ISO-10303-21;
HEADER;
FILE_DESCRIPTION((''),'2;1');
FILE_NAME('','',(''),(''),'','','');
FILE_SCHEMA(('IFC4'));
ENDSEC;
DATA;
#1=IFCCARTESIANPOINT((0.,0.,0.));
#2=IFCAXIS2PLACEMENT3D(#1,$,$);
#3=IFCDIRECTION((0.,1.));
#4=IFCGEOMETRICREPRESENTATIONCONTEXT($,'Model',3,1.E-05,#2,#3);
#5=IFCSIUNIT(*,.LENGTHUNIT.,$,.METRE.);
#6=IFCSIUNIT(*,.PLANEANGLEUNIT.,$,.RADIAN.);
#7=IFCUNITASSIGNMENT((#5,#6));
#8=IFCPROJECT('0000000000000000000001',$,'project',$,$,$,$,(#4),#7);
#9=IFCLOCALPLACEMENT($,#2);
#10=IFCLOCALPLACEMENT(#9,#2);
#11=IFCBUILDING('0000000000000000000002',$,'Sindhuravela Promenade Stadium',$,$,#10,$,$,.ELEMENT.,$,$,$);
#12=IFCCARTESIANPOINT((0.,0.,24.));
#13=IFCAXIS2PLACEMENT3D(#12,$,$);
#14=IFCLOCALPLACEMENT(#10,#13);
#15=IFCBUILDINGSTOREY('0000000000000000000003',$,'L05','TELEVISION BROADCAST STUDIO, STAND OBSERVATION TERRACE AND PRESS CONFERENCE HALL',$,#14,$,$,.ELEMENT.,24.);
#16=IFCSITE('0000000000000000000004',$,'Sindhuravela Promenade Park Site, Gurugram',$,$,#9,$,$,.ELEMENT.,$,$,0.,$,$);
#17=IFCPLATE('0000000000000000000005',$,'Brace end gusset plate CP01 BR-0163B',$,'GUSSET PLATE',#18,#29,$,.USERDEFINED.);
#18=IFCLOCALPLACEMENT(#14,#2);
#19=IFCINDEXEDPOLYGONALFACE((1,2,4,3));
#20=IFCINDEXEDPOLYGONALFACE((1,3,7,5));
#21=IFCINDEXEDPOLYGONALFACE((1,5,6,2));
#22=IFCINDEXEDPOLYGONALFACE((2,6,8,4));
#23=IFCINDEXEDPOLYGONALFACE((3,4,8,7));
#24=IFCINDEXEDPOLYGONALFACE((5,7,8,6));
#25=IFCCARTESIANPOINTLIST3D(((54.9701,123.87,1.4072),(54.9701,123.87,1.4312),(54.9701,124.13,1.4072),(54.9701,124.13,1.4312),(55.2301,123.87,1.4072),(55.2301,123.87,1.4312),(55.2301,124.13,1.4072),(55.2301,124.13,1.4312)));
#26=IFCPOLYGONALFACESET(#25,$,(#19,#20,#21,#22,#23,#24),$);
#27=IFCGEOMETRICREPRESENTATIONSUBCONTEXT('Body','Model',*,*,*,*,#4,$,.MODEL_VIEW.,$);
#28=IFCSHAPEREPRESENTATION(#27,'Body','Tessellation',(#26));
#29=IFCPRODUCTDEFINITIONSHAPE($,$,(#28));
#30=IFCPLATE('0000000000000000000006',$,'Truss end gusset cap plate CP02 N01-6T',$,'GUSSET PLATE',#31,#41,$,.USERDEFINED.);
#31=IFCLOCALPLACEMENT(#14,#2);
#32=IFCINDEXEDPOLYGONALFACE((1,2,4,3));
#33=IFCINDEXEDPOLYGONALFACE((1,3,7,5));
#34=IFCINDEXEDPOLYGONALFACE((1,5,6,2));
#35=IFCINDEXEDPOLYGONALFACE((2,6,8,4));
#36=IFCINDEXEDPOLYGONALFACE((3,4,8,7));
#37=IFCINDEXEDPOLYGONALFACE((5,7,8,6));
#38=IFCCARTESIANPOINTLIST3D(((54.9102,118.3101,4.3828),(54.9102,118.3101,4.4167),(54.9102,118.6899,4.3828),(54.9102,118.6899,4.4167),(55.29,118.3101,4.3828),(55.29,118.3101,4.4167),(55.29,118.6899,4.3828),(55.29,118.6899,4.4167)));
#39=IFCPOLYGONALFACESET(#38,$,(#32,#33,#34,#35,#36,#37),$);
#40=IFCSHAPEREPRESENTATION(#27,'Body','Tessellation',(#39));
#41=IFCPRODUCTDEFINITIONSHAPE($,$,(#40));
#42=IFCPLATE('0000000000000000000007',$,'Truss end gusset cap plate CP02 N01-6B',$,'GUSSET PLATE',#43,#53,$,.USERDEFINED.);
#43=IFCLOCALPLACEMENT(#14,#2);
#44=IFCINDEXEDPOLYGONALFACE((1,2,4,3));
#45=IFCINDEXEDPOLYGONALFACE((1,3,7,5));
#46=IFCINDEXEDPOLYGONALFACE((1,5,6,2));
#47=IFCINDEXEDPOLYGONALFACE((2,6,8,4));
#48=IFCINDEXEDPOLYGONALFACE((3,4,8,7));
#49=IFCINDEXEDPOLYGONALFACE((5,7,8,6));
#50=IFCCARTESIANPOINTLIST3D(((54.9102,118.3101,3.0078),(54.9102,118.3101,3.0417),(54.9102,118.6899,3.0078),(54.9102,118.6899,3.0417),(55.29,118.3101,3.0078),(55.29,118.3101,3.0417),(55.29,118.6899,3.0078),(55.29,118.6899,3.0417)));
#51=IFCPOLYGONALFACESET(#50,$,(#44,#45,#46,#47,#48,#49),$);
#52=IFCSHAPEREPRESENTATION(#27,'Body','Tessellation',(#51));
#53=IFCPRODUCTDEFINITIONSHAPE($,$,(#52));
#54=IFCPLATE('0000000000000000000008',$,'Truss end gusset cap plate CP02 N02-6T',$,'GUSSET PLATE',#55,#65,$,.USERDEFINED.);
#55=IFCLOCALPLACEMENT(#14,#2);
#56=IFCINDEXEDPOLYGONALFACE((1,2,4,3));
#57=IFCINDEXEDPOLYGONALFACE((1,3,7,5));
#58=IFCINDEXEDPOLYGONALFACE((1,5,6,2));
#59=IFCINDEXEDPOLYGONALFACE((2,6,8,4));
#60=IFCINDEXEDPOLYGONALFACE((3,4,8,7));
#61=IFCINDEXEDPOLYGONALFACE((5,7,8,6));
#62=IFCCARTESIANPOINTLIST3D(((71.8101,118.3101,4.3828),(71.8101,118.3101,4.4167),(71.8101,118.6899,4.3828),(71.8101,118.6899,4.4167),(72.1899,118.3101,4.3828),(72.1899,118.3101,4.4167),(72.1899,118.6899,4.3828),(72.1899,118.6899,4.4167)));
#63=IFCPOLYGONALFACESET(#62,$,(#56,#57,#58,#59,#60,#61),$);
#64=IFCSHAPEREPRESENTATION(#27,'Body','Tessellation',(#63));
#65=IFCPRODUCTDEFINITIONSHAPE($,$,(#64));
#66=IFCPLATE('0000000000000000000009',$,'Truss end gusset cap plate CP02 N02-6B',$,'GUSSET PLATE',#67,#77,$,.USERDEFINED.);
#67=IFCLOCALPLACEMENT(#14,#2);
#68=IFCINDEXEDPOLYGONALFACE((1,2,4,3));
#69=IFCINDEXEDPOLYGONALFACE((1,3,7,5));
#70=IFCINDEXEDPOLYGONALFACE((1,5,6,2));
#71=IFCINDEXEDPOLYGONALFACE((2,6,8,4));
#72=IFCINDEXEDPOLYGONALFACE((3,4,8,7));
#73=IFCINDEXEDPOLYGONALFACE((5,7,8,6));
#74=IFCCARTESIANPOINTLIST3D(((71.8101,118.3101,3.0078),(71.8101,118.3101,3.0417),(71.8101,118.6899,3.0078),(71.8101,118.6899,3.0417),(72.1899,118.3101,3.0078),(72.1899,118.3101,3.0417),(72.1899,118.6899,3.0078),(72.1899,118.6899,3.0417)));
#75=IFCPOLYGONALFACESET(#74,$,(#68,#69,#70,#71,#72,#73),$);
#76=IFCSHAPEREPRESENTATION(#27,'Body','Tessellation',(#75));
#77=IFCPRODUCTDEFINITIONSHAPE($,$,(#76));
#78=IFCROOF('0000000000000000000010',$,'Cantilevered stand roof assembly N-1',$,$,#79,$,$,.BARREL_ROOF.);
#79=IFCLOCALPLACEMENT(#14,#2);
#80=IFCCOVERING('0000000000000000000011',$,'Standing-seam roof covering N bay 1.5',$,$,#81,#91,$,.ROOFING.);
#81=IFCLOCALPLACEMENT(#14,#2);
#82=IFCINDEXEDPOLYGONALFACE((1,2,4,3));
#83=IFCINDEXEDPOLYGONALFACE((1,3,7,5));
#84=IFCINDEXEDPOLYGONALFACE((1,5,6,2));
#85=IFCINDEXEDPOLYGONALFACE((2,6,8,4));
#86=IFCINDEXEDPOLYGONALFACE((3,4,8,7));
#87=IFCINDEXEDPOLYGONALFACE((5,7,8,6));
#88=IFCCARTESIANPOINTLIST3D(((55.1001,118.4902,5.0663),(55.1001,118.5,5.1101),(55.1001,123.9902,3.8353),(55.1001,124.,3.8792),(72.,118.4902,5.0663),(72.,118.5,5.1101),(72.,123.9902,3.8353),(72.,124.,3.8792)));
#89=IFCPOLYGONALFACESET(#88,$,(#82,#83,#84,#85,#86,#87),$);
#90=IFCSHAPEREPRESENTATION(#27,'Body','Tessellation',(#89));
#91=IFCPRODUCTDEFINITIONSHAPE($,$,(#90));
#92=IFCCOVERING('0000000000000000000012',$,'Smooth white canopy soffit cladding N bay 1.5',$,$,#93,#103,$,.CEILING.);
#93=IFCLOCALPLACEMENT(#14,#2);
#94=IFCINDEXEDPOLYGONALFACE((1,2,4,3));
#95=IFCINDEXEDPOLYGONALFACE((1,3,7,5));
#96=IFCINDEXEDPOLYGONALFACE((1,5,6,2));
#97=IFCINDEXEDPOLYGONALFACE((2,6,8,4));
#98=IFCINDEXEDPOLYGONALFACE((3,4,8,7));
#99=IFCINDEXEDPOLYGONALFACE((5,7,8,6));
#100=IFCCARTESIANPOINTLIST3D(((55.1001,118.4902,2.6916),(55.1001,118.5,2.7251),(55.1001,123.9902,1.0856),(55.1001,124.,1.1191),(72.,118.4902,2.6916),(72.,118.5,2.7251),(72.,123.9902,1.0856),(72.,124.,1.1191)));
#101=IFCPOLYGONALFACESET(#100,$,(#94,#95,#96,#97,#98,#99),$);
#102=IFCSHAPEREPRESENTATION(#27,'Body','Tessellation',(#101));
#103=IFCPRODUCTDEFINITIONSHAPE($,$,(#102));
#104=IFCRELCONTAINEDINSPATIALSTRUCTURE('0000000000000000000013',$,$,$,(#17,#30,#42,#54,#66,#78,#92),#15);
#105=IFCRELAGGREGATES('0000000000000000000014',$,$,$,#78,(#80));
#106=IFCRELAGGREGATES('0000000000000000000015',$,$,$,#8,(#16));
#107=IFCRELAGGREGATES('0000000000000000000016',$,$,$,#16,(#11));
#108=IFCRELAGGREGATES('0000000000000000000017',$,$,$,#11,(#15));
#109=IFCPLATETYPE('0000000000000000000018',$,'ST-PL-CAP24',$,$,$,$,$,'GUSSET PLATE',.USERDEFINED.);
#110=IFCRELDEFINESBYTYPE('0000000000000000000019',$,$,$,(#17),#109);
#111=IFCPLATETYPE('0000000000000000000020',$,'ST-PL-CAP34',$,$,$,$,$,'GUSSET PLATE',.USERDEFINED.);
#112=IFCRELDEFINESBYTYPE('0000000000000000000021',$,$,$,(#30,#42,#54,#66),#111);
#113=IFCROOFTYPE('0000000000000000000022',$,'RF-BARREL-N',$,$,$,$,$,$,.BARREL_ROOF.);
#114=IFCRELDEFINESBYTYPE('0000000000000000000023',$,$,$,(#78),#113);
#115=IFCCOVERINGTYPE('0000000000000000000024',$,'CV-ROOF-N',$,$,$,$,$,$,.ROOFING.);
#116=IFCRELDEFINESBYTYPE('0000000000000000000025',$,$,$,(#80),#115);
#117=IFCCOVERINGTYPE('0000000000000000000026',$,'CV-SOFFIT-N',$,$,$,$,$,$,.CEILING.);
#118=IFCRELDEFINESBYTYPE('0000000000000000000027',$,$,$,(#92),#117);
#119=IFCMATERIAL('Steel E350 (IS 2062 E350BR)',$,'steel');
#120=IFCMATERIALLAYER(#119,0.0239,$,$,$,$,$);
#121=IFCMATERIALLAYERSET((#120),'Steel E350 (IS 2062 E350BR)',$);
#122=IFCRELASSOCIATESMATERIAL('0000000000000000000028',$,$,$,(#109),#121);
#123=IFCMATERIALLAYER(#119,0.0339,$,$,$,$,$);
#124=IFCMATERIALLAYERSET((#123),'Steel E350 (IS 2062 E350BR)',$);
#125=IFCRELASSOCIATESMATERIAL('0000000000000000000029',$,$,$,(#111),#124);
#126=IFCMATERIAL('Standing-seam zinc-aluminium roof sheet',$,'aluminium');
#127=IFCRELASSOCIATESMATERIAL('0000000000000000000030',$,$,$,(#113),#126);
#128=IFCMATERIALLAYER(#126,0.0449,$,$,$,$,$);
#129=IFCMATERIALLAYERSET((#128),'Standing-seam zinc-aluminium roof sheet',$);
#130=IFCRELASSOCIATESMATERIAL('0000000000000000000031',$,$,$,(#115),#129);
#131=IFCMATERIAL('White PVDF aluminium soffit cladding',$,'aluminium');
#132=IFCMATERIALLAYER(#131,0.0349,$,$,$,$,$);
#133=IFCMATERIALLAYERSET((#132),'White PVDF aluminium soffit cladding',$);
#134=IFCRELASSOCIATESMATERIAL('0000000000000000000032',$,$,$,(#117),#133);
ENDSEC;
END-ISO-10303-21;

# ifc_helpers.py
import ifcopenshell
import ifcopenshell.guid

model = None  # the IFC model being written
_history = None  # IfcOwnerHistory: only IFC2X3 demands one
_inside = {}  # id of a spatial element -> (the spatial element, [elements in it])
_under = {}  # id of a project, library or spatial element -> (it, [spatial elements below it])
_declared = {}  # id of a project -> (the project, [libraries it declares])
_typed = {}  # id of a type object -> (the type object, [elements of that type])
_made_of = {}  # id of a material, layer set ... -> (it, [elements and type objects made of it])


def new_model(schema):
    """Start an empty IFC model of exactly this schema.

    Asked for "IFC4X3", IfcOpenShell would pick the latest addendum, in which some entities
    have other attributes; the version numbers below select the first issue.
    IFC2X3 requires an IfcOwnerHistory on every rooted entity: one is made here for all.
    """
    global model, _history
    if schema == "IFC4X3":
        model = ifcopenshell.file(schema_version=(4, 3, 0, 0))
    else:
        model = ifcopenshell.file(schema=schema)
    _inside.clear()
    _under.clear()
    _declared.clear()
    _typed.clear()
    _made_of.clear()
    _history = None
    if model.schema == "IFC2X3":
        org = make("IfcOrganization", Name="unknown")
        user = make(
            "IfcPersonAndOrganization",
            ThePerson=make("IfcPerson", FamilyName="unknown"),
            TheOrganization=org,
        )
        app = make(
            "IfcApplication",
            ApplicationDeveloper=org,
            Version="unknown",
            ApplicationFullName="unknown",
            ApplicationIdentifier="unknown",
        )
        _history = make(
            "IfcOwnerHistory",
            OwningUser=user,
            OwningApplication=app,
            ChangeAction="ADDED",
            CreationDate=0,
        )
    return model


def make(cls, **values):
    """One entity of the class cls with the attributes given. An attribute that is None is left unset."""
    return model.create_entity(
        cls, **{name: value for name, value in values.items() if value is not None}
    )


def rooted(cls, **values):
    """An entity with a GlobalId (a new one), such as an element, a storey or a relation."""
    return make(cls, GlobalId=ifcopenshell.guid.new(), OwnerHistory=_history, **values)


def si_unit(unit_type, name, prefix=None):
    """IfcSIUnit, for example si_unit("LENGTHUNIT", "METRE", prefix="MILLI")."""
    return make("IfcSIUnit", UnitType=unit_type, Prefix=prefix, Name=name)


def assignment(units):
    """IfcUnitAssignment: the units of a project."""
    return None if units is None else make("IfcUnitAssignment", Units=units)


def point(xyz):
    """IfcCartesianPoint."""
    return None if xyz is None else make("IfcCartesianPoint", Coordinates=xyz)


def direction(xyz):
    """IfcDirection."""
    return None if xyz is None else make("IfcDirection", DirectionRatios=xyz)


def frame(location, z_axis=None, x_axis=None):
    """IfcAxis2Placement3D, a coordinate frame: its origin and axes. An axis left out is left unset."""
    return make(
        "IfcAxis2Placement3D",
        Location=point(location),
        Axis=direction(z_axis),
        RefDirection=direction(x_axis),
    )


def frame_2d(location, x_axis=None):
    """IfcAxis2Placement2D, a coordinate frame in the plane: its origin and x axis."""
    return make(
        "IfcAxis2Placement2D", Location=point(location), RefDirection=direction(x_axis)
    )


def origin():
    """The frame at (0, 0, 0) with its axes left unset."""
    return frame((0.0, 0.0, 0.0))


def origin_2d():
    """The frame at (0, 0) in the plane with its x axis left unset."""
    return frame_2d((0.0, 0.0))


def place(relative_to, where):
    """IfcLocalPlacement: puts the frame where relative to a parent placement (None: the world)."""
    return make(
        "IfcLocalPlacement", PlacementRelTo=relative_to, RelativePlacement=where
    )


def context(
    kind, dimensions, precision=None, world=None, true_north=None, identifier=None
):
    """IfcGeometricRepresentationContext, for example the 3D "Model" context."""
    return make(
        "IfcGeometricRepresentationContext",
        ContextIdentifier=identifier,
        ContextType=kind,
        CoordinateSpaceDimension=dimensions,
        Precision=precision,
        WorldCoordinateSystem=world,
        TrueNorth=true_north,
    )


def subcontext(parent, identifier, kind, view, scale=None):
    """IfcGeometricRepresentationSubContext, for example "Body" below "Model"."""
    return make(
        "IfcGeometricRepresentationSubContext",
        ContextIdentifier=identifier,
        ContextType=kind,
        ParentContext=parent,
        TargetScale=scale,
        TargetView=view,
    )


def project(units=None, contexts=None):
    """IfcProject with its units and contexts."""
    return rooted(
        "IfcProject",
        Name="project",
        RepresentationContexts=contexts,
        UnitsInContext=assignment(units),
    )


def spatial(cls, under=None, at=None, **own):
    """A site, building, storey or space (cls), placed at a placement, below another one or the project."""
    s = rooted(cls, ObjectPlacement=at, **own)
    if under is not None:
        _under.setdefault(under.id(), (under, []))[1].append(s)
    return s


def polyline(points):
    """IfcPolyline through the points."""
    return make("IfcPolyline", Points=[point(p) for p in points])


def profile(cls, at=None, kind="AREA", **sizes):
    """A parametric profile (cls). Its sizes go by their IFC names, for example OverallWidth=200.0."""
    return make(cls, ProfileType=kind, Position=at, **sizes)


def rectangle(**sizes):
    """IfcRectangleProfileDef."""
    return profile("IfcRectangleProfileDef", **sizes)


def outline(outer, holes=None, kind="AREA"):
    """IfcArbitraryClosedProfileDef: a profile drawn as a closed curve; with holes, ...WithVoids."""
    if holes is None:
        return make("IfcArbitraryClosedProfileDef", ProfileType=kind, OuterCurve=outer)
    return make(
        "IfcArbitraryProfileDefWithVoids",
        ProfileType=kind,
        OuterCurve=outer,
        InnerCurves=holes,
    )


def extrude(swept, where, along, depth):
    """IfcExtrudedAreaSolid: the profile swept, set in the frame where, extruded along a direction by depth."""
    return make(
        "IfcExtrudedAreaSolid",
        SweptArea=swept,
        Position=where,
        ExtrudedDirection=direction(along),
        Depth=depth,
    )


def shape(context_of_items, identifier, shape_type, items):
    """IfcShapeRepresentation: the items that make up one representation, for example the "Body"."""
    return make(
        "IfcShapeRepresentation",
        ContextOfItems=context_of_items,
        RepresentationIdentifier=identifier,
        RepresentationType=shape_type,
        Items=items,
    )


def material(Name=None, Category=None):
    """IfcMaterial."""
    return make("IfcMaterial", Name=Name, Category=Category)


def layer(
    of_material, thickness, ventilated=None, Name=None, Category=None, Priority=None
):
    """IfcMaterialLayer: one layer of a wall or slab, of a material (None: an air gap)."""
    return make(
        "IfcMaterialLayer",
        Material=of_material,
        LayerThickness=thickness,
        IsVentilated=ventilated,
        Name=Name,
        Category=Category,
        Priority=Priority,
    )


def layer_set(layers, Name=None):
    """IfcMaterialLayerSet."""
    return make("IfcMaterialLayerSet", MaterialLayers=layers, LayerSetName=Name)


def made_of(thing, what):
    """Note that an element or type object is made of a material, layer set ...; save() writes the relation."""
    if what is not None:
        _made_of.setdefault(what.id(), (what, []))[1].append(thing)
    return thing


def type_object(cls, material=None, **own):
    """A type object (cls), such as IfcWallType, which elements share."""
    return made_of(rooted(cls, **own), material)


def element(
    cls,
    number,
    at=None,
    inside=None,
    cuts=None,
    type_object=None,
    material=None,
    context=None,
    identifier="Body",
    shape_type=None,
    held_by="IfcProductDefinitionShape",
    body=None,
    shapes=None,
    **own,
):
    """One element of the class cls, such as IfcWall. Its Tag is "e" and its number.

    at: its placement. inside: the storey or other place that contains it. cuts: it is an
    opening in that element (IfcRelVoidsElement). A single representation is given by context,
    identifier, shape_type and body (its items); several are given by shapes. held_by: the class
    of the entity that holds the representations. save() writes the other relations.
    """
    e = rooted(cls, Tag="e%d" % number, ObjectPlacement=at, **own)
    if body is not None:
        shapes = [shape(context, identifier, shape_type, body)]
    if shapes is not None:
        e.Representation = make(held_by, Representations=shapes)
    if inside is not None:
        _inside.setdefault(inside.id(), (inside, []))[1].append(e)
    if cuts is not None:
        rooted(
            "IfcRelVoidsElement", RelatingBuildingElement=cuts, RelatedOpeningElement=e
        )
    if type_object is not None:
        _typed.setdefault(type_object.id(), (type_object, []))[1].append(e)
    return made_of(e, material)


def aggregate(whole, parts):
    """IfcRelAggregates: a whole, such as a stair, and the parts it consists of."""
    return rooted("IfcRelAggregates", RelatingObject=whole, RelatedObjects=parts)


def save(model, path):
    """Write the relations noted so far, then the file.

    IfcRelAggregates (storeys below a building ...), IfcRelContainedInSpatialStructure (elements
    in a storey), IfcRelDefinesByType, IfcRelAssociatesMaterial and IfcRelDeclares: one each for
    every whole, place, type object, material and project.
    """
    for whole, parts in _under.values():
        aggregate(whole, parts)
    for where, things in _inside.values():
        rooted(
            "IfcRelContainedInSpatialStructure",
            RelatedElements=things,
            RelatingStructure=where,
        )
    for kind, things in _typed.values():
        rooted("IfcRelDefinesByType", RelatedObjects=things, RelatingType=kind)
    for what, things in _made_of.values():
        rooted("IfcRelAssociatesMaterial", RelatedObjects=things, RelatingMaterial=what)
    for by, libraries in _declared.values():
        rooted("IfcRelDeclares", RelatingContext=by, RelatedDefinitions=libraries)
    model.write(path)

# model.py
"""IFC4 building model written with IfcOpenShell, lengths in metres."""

from ifc_helpers import new_model, si_unit, direction, frame, origin, origin_2d, place, context, subcontext, project, spatial, polyline, rectangle, outline, extrude, material, layer, layer_set, type_object, element, aggregate, save


model = new_model("IFC4")

# Units and contexts
model_context = context("Model", 3, precision=1e-05, world=origin(), true_north=direction((0.0, 1.0)))
body_context = subcontext(model_context, "Body", "Model", "MODEL_VIEW")
ifc_project = project(units=[si_unit("LENGTHUNIT", "METRE"), si_unit("PLANEANGLEUNIT", "RADIAN")], contexts=[model_context])

# Site, building, storey
site_placement = place(None, origin())
site = spatial("IfcSite", under=ifc_project, at=site_placement, Name="Sindhuravela Promenade Park Site, Gurugram", CompositionType="ELEMENT", RefElevation=0.0)
building_placement = place(site_placement, origin())
building = spatial("IfcBuilding", under=site, at=building_placement, Name="Sindhuravela Promenade Stadium", CompositionType="ELEMENT")
storey_placement = place(building_placement, frame((0.0, 0.0, 24.0)))
storey = spatial("IfcBuildingStorey", under=building, at=storey_placement, Name="L05", Description="TELEVISION BROADCAST STUDIO, STAND OBSERVATION TERRACE AND PRESS CONFERENCE HALL", CompositionType="ELEMENT", Elevation=24.0)

# Shared definitions
ifc_material_1 = material(Name="Steel E350 (IS 2062 E350BR)", Category="steel")

# Plates
ifc_layer_1 = layer(ifc_material_1, 0.0239)
ifc_layer_set_1 = layer_set([ifc_layer_1], Name="Steel E350 (IS 2062 E350BR)")
plate_type_1 = type_object("IfcPlateType", Name="ST-PL-CAP24", ElementType="GUSSET PLATE", PredefinedType="USERDEFINED", material=ifc_layer_set_1)
plate_1_placement = place(storey_placement, frame((55.1001, 124.0, 1.4072), z_axis=(0.0, 0.0, 1.0), x_axis=(1.0, 0.0, 0.0)))
element("IfcPlate", 1, at=plate_1_placement, inside=storey, type_object=plate_type_1, Name="Brace end gusset plate CP01 BR-0163B", ObjectType="GUSSET PLATE", PredefinedType="USERDEFINED", context=body_context, shape_type="SweptSolid", body=[
    extrude(rectangle(XDim=0.26, YDim=0.26, at=origin_2d()), origin(), (0.0, 0.0, 1.0), 0.0239),
])
ifc_layer_2 = layer(ifc_material_1, 0.0339)
ifc_layer_set_2 = layer_set([ifc_layer_2], Name="Steel E350 (IS 2062 E350BR)")
plate_type_2 = type_object("IfcPlateType", Name="ST-PL-CAP34", ElementType="GUSSET PLATE", PredefinedType="USERDEFINED", material=ifc_layer_set_2)
for number, where, z_axis, x_axis, name in (
    (2, (55.1001, 118.5, 4.3828), (0.0, 0.0, 1.0), (1.0, 0.0, 0.0), "Truss end gusset cap plate CP02 N01-6T"),
    (3, (55.1001, 118.5, 3.0078), (0.0, 0.0, 1.0), (1.0, 0.0, 0.0), "Truss end gusset cap plate CP02 N01-6B"),
    (4, (72.0, 118.5, 4.3828), (0.0, 0.0, 1.0), (1.0, 0.0, 0.0), "Truss end gusset cap plate CP02 N02-6T"),
    (5, (72.0, 118.5, 3.0078), (0.0, 0.0, 1.0), (1.0, 0.0, 0.0), "Truss end gusset cap plate CP02 N02-6B"),
):
    element("IfcPlate", number, at=place(storey_placement, frame(where, z_axis=z_axis, x_axis=x_axis)), inside=storey, type_object=plate_type_2, Name=name, ObjectType="GUSSET PLATE", PredefinedType="USERDEFINED", context=body_context, shape_type="SweptSolid", body=[
        extrude(rectangle(XDim=0.3799, YDim=0.3799, at=origin_2d()), origin(), (0.0, 0.0, 1.0), 0.0339),
    ])

# Roof, covering
ifc_material_2 = material(Name="Standing-seam zinc-aluminium roof sheet", Category="aluminium")
roof_type = type_object("IfcRoofType", Name="RF-BARREL-N", PredefinedType="BARREL_ROOF", material=ifc_material_2)
roof_placement = place(storey_placement, origin())
roof = element("IfcRoof", 6, at=roof_placement, inside=storey, type_object=roof_type, Name="Cantilevered stand roof assembly N-1", PredefinedType="BARREL_ROOF")
ifc_layer_3 = layer(ifc_material_2, 0.0449)
ifc_layer_set_3 = layer_set([ifc_layer_3], Name="Standing-seam zinc-aluminium roof sheet")
covering_type_1 = type_object("IfcCoveringType", Name="CV-ROOF-N", PredefinedType="ROOFING", material=ifc_layer_set_3)
covering_1_placement = place(storey_placement, frame((55.1001, 124.0, 3.8792), z_axis=(0.0, 0.218407, 0.975858), x_axis=(1.0, 0.0, 0.0)))
covering_1 = element("IfcCovering", 7, at=covering_1_placement, type_object=covering_type_1, Name="Standing-seam roof covering N bay 1.5", PredefinedType="ROOFING", context=body_context, shape_type="SweptSolid", body=[
    extrude(outline(polyline([(0.0, 0.0), (0.0, -5.6361), (16.8999, -5.6361), (16.8999, 0.0), (0.0, 0.0)])), origin(), (0.0, 0.0, -1.0), 0.0449),
])
aggregate(roof, [covering_1])

# Covering
ifc_material_3 = material(Name="White PVDF aluminium soffit cladding", Category="aluminium")
ifc_layer_4 = layer(ifc_material_3, 0.0349)
ifc_layer_set_4 = layer_set([ifc_layer_4], Name="White PVDF aluminium soffit cladding")
covering_type_2 = type_object("IfcCoveringType", Name="CV-SOFFIT-N", PredefinedType="CEILING", material=ifc_layer_set_4)
covering_2_placement = place(storey_placement, frame((55.1001, 124.0, 1.1191), z_axis=(0.0, 0.280288, 0.959916), x_axis=(1.0, 0.0, 0.0)))
element("IfcCovering", 8, at=covering_2_placement, inside=storey, type_object=covering_type_2, Name="Smooth white canopy soffit cladding N bay 1.5", PredefinedType="CEILING", context=body_context, shape_type="SweptSolid", body=[
    extrude(outline(polyline([(0.0, 0.0), (0.0, -5.7297), (16.8999, -5.7297), (16.8999, 0.0), (0.0, 0.0)])), origin(), (0.0, 0.0, -1.0), 0.0349),
])

save(model, "model.ifc")
